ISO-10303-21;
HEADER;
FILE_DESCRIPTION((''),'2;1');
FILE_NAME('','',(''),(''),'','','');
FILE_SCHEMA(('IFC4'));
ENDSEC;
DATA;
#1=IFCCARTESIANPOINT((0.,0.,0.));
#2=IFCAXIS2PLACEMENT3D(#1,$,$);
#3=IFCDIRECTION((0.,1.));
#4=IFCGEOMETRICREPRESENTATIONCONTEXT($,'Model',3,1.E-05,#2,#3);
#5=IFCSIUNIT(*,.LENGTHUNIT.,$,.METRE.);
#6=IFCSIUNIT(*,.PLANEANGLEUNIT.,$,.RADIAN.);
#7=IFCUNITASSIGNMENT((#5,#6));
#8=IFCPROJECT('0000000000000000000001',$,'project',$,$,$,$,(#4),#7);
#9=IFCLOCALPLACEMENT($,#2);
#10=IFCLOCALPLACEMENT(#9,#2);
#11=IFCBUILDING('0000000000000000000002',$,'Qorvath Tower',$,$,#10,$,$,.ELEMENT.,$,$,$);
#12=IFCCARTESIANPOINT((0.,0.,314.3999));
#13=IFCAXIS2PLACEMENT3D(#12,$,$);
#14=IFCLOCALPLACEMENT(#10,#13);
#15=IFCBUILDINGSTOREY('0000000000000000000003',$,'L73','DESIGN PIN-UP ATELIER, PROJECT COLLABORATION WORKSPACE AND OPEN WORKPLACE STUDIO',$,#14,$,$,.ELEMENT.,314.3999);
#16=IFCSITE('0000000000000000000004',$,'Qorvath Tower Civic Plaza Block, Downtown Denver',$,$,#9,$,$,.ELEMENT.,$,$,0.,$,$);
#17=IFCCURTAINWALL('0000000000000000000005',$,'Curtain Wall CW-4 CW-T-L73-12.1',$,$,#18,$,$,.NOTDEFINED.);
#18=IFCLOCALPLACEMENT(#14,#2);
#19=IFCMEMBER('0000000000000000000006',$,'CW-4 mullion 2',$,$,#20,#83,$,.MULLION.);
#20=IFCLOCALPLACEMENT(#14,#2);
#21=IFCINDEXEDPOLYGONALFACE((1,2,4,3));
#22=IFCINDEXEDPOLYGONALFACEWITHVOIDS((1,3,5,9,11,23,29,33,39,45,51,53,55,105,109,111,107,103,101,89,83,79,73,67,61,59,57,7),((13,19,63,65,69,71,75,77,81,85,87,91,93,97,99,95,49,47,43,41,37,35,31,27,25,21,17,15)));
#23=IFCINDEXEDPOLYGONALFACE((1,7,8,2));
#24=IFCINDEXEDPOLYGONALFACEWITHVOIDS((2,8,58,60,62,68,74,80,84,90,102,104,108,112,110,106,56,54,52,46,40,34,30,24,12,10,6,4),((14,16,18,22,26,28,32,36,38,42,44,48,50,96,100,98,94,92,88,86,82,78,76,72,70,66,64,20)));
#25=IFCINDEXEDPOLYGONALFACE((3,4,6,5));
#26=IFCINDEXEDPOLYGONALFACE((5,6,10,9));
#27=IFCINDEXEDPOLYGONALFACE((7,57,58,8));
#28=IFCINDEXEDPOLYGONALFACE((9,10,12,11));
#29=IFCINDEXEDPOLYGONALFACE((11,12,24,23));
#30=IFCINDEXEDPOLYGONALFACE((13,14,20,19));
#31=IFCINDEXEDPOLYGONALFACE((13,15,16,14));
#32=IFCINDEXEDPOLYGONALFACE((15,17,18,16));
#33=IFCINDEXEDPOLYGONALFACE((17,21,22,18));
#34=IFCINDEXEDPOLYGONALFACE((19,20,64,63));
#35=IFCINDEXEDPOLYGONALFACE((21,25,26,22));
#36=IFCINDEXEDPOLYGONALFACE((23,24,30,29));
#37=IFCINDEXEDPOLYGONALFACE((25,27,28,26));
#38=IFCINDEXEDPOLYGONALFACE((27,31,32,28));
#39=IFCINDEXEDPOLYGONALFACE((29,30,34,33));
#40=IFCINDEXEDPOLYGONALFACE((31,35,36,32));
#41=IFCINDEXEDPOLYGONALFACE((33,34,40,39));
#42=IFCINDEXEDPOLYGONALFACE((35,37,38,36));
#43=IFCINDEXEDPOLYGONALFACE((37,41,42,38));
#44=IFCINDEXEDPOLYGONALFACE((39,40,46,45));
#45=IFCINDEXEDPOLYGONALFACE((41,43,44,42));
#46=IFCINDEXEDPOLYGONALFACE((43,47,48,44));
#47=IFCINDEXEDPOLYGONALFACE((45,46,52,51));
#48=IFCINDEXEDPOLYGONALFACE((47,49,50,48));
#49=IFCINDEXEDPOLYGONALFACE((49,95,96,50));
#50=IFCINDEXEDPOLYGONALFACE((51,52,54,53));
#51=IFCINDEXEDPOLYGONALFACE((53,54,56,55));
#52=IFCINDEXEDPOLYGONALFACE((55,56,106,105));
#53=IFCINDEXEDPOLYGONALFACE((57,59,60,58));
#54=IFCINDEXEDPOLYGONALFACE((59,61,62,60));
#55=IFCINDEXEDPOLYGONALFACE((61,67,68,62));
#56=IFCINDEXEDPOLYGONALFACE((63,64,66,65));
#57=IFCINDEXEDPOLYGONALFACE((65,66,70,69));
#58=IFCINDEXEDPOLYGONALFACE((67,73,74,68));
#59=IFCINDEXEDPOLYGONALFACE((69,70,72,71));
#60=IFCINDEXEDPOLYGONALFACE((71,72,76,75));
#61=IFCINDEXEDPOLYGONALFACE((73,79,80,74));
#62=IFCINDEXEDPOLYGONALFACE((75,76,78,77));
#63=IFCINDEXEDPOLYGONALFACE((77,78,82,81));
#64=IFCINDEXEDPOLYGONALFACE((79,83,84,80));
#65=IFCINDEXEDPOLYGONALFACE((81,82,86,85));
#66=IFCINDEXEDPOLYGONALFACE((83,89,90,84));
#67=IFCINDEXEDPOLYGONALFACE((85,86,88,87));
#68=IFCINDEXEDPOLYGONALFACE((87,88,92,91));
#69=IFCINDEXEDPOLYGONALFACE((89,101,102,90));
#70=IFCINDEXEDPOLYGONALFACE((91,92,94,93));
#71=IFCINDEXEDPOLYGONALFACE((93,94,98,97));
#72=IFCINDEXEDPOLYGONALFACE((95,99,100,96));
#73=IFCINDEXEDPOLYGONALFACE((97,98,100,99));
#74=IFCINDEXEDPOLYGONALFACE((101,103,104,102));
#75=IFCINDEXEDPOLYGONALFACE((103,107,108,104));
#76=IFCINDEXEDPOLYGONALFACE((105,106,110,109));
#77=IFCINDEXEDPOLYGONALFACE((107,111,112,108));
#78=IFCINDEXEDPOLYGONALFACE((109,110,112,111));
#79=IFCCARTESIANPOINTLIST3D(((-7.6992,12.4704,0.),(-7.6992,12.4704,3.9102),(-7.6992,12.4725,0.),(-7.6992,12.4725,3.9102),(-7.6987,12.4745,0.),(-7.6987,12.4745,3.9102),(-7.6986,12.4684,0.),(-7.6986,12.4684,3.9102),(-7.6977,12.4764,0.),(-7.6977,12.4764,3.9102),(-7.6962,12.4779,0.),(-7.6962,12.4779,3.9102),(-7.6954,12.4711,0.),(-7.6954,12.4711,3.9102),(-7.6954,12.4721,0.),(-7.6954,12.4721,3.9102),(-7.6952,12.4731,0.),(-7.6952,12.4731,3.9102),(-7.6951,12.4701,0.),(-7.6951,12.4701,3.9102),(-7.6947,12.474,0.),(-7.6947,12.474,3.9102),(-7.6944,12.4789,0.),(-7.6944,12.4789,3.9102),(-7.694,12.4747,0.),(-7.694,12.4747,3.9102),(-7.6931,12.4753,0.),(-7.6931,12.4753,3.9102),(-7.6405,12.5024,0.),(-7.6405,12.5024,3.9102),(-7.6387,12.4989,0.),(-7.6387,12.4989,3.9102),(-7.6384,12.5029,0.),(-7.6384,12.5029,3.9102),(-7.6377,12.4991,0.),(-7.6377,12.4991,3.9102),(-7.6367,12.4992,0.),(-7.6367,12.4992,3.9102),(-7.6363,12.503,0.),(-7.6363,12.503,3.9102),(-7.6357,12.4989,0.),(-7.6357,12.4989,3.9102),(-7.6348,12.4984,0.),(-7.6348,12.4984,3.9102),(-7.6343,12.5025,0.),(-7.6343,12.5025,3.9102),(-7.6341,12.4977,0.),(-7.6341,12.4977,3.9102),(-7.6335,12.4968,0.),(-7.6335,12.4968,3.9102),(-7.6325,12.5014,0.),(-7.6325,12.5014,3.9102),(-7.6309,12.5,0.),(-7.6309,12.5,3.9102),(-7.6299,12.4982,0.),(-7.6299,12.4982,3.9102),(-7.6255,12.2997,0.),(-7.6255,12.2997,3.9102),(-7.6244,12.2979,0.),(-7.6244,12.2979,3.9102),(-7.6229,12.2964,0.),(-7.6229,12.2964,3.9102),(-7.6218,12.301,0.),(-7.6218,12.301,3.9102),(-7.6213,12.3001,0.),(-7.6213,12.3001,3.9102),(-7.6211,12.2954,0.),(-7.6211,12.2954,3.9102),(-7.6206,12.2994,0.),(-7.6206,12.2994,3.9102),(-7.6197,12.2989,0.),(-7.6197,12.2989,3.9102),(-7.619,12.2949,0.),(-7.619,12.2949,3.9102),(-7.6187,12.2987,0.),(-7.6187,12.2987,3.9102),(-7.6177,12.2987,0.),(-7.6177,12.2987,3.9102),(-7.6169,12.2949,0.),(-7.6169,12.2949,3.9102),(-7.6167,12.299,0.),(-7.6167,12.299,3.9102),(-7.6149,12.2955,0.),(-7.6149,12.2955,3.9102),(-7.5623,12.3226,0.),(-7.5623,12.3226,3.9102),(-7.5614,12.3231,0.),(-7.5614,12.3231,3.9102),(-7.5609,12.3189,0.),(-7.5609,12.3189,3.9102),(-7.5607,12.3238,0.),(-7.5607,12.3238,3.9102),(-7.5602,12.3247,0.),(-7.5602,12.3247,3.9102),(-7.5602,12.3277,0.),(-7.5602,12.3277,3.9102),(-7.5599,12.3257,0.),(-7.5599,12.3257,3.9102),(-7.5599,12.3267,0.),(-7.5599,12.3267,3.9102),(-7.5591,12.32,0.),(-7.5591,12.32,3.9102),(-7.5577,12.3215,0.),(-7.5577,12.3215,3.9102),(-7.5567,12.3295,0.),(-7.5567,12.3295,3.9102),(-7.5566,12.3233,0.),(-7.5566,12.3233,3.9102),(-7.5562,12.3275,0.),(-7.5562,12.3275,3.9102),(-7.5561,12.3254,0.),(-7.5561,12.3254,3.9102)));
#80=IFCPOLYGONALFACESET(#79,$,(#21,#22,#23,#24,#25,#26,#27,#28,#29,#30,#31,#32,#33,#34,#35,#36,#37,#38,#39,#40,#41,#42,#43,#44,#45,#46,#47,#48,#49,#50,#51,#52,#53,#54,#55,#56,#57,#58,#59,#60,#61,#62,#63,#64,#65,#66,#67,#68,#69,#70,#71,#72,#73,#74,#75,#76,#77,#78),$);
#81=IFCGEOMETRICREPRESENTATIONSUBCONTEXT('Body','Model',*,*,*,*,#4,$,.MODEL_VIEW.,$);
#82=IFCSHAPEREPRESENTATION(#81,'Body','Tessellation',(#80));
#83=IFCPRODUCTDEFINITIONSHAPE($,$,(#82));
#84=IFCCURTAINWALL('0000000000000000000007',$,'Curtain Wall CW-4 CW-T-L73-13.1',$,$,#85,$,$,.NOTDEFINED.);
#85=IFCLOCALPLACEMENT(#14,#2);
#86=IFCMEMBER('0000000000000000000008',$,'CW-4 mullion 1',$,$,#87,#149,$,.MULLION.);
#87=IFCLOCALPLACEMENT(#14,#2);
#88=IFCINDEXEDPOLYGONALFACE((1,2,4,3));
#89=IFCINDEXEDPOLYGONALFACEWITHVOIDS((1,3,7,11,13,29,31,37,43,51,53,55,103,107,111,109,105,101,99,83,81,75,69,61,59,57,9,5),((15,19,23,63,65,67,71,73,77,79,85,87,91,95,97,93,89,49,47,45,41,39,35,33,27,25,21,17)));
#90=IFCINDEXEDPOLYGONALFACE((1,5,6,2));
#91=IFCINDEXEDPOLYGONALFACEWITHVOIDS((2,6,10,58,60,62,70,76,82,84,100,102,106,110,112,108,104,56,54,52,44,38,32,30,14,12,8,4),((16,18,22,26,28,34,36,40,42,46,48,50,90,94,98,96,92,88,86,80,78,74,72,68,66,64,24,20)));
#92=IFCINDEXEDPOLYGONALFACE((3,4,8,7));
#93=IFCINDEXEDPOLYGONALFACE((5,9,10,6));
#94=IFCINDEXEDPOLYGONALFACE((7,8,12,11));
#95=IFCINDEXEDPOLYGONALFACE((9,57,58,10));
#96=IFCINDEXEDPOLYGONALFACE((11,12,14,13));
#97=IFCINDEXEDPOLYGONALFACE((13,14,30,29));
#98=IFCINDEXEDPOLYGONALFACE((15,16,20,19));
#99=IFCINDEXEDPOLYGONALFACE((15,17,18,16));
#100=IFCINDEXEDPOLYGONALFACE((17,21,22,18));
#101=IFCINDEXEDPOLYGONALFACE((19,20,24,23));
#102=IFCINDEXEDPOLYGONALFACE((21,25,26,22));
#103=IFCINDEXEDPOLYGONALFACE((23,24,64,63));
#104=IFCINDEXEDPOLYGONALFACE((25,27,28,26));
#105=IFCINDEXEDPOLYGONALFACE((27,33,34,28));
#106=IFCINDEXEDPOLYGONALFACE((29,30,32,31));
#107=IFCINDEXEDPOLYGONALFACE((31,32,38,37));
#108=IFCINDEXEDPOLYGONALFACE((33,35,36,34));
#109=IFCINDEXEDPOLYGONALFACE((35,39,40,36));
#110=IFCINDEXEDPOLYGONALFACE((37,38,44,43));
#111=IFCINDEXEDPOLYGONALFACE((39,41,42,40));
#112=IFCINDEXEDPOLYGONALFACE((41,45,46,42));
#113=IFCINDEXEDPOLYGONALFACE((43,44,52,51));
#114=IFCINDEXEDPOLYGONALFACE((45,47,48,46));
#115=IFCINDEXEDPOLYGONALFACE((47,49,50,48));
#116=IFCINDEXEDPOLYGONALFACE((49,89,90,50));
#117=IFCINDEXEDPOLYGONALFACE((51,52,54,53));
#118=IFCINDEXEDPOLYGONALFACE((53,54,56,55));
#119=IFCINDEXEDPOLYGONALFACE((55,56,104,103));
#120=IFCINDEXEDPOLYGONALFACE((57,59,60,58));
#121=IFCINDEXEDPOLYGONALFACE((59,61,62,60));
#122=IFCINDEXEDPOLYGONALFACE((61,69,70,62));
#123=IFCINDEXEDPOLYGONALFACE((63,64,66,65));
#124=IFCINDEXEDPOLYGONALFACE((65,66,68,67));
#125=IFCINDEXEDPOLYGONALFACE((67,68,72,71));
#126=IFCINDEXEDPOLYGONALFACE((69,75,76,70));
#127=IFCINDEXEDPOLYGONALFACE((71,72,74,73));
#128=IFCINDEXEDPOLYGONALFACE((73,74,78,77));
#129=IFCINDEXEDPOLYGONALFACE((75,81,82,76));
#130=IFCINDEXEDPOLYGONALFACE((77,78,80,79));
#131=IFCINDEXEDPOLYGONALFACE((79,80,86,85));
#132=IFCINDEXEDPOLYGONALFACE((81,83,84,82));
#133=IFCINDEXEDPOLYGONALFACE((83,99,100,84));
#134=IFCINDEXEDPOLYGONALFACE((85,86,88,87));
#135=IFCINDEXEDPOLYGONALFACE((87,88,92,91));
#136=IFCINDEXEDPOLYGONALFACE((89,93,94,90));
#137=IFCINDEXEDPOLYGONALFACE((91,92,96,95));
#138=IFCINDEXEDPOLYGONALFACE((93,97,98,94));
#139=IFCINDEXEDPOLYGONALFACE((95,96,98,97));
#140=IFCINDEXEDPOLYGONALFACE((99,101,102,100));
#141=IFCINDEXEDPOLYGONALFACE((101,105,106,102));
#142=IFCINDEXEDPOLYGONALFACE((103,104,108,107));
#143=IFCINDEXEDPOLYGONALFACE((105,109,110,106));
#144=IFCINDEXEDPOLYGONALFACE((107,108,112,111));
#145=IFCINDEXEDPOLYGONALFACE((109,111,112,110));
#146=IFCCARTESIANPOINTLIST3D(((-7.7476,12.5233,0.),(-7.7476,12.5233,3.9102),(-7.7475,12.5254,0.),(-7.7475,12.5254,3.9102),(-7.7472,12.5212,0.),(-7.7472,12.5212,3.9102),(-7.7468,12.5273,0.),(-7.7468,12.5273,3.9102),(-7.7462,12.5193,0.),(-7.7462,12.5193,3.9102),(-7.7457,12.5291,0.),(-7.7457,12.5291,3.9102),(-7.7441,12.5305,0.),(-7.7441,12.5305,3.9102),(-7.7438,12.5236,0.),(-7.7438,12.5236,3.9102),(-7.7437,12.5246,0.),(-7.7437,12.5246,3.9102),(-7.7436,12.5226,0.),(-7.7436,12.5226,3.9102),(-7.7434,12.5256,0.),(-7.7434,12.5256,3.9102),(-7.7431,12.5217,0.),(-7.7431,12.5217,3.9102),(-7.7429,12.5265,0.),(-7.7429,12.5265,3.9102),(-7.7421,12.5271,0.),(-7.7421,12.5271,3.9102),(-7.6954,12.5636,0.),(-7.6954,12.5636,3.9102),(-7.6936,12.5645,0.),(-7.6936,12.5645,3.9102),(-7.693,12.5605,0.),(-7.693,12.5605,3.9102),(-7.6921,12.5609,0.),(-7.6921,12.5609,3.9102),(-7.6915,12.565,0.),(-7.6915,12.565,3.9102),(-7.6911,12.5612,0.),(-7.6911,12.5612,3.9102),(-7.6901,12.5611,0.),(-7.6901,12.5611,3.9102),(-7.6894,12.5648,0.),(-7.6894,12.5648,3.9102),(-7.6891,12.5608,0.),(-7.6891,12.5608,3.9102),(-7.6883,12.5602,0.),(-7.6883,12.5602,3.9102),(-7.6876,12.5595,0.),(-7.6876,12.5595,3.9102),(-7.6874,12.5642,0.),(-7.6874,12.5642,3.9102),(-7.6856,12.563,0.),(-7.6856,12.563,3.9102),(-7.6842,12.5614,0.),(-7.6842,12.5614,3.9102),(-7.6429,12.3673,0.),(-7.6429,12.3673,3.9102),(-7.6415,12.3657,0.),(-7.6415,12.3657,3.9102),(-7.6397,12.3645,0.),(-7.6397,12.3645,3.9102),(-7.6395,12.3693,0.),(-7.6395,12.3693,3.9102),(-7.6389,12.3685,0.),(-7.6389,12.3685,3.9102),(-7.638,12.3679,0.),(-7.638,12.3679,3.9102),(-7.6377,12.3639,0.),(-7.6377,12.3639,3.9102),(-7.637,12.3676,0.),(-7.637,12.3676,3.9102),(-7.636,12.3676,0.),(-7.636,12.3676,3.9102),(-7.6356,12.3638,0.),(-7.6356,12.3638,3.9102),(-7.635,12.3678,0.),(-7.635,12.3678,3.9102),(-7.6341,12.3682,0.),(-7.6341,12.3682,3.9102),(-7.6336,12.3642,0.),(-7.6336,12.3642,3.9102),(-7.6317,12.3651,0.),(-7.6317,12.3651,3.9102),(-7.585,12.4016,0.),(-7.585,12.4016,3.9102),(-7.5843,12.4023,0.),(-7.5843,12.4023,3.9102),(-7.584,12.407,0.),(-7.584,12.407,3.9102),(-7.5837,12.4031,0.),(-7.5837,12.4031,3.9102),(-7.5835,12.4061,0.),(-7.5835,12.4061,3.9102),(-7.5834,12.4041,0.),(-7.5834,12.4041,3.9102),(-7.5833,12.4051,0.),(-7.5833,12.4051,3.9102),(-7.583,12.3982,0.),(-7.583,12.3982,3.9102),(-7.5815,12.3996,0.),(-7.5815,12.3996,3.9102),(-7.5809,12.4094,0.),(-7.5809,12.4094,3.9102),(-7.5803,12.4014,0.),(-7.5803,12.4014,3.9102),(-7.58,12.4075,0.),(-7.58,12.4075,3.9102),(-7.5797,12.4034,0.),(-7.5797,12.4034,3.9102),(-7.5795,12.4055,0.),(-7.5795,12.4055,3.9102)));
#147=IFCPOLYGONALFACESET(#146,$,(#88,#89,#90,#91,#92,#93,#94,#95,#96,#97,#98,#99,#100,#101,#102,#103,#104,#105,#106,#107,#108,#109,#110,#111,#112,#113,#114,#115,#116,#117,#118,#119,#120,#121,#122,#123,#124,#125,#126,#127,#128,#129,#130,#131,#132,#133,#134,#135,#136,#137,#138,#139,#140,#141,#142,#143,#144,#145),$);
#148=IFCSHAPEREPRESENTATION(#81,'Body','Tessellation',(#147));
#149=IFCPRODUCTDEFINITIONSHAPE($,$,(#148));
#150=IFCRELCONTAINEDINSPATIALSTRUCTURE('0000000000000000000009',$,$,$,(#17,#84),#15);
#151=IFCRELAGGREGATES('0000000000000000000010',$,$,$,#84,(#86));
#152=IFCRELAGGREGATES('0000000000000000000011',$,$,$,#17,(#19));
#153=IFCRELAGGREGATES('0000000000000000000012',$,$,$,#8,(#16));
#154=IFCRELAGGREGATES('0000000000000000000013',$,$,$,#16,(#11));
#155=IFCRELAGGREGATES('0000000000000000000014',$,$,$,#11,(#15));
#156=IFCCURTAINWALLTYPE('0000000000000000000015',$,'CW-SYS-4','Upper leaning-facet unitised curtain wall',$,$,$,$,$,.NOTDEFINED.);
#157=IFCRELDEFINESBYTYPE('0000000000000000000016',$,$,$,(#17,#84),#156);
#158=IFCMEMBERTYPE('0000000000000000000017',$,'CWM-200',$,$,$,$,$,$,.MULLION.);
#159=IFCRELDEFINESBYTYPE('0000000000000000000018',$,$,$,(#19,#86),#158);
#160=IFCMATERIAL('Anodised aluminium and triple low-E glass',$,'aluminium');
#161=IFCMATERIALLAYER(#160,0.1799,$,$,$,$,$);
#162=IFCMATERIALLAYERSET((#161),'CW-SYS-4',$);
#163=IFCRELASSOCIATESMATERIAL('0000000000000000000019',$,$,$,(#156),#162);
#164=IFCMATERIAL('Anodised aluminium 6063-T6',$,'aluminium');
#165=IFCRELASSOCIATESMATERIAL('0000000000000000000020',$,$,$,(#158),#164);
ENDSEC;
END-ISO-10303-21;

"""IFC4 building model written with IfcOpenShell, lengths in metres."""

from ifc_helpers import new_model, si_unit, direction, frame, origin, origin_2d, place, context, subcontext, project, spatial, hollow_rectangle, extrude, material, layer, layer_set, material_profile, profile_set, type_object, element, aggregate, save


model = new_model("IFC4")

# Units and contexts
model_context = context("Model", 3, precision=1e-05, world=origin(), true_north=direction((0.0, 1.0)))
body_context = subcontext(model_context, "Body", "Model", "MODEL_VIEW")
ifc_project = project(units=[si_unit("LENGTHUNIT", "METRE"), si_unit("PLANEANGLEUNIT", "RADIAN")], contexts=[model_context])

# Site, building, storey
site_placement = place(None, origin())
site = spatial("IfcSite", under=ifc_project, at=site_placement, Name="Qorvath Tower Civic Plaza Block, Downtown Denver", CompositionType="ELEMENT", RefElevation=0.0)
building_placement = place(site_placement, origin())
building = spatial("IfcBuilding", under=site, at=building_placement, Name="Qorvath Tower", CompositionType="ELEMENT")
storey_placement = place(building_placement, frame((0.0, 0.0, 314.3999)))
storey = spatial("IfcBuildingStorey", under=building, at=storey_placement, Name="L73", Description="DESIGN PIN-UP ATELIER, PROJECT COLLABORATION WORKSPACE AND OPEN WORKPLACE STUDIO", CompositionType="ELEMENT", Elevation=314.3999)

# Shared definitions
ifc_material_1 = material(Name="Anodised aluminium and triple low-E glass", Category="aluminium")
ifc_layer_1 = layer(ifc_material_1, 0.1799)
ifc_layer_set_1 = layer_set([ifc_layer_1], Name="CW-SYS-4")
curtain_wall_type = type_object("IfcCurtainWallType", Name="CW-SYS-4", Description="Upper leaning-facet unitised curtain wall", PredefinedType="NOTDEFINED", material=ifc_layer_set_1)
ifc_material_2 = material(Name="Anodised aluminium 6063-T6", Category="aluminium")
ifc_material_profile_1 = material_profile(ifc_material_2, hollow_rectangle(XDim=0.075, YDim=0.2, WallThickness=0.0039, InnerFilletRadius=0.0039, OuterFilletRadius=0.0081, at=origin_2d()), Name="CWM 200x75")
ifc_profile_set_1 = profile_set([ifc_material_profile_1], Name="Anodised aluminium 6063-T6")
member_type_1 = type_object("IfcMemberType", Name="CWM-200", PredefinedType="MULLION", material=ifc_profile_set_1)

# Curtain wall, member
curtain_wall_1_placement = place(storey_placement, origin())
curtain_wall_1 = element("IfcCurtainWall", 1, at=curtain_wall_1_placement, inside=storey, type_object=curtain_wall_type, Name="Curtain Wall CW-4 CW-T-L73-12.1", PredefinedType="NOTDEFINED")
member_1_placement = place(storey_placement, frame((-7.6277, 12.3989, 0.0), z_axis=(0.0, 0.0, 1.0), x_axis=(-0.917479, -0.397784, 0.0)))
member_1 = element("IfcMember", 2, at=member_1_placement, type_object=member_type_1, Name="CW-4 mullion 2", PredefinedType="MULLION", context=body_context, shape_type="SweptSolid", body=[
    extrude(hollow_rectangle(XDim=0.075, YDim=0.2, WallThickness=0.0039, InnerFilletRadius=0.0039, OuterFilletRadius=0.0081, at=origin_2d()), origin(), (0.0, 0.0, 1.0), 3.9102),
])

# Curtain wall, member
curtain_wall_2_placement = place(storey_placement, origin())
curtain_wall_2 = element("IfcCurtainWall", 3, at=curtain_wall_2_placement, inside=storey, type_object=curtain_wall_type, Name="Curtain Wall CW-4 CW-T-L73-13.1", PredefinedType="NOTDEFINED")
member_2_placement = place(storey_placement, frame((-7.6636, 12.4644, 0.0), z_axis=(0.0, 0.0, 1.0), x_axis=(-0.827071, -0.562098, 0.0)))
member_2 = element("IfcMember", 4, at=member_2_placement, type_object=member_type_1, Name="CW-4 mullion 1", PredefinedType="MULLION", context=body_context, shape_type="SweptSolid", body=[
    extrude(hollow_rectangle(XDim=0.075, YDim=0.2, WallThickness=0.0039, InnerFilletRadius=0.0039, OuterFilletRadius=0.0081, at=origin_2d()), origin(), (0.0, 0.0, 1.0), 3.9102),
])
aggregate(curtain_wall_2, [member_2])

aggregate(curtain_wall_1, [member_1])

save(model, "model.ifc")
